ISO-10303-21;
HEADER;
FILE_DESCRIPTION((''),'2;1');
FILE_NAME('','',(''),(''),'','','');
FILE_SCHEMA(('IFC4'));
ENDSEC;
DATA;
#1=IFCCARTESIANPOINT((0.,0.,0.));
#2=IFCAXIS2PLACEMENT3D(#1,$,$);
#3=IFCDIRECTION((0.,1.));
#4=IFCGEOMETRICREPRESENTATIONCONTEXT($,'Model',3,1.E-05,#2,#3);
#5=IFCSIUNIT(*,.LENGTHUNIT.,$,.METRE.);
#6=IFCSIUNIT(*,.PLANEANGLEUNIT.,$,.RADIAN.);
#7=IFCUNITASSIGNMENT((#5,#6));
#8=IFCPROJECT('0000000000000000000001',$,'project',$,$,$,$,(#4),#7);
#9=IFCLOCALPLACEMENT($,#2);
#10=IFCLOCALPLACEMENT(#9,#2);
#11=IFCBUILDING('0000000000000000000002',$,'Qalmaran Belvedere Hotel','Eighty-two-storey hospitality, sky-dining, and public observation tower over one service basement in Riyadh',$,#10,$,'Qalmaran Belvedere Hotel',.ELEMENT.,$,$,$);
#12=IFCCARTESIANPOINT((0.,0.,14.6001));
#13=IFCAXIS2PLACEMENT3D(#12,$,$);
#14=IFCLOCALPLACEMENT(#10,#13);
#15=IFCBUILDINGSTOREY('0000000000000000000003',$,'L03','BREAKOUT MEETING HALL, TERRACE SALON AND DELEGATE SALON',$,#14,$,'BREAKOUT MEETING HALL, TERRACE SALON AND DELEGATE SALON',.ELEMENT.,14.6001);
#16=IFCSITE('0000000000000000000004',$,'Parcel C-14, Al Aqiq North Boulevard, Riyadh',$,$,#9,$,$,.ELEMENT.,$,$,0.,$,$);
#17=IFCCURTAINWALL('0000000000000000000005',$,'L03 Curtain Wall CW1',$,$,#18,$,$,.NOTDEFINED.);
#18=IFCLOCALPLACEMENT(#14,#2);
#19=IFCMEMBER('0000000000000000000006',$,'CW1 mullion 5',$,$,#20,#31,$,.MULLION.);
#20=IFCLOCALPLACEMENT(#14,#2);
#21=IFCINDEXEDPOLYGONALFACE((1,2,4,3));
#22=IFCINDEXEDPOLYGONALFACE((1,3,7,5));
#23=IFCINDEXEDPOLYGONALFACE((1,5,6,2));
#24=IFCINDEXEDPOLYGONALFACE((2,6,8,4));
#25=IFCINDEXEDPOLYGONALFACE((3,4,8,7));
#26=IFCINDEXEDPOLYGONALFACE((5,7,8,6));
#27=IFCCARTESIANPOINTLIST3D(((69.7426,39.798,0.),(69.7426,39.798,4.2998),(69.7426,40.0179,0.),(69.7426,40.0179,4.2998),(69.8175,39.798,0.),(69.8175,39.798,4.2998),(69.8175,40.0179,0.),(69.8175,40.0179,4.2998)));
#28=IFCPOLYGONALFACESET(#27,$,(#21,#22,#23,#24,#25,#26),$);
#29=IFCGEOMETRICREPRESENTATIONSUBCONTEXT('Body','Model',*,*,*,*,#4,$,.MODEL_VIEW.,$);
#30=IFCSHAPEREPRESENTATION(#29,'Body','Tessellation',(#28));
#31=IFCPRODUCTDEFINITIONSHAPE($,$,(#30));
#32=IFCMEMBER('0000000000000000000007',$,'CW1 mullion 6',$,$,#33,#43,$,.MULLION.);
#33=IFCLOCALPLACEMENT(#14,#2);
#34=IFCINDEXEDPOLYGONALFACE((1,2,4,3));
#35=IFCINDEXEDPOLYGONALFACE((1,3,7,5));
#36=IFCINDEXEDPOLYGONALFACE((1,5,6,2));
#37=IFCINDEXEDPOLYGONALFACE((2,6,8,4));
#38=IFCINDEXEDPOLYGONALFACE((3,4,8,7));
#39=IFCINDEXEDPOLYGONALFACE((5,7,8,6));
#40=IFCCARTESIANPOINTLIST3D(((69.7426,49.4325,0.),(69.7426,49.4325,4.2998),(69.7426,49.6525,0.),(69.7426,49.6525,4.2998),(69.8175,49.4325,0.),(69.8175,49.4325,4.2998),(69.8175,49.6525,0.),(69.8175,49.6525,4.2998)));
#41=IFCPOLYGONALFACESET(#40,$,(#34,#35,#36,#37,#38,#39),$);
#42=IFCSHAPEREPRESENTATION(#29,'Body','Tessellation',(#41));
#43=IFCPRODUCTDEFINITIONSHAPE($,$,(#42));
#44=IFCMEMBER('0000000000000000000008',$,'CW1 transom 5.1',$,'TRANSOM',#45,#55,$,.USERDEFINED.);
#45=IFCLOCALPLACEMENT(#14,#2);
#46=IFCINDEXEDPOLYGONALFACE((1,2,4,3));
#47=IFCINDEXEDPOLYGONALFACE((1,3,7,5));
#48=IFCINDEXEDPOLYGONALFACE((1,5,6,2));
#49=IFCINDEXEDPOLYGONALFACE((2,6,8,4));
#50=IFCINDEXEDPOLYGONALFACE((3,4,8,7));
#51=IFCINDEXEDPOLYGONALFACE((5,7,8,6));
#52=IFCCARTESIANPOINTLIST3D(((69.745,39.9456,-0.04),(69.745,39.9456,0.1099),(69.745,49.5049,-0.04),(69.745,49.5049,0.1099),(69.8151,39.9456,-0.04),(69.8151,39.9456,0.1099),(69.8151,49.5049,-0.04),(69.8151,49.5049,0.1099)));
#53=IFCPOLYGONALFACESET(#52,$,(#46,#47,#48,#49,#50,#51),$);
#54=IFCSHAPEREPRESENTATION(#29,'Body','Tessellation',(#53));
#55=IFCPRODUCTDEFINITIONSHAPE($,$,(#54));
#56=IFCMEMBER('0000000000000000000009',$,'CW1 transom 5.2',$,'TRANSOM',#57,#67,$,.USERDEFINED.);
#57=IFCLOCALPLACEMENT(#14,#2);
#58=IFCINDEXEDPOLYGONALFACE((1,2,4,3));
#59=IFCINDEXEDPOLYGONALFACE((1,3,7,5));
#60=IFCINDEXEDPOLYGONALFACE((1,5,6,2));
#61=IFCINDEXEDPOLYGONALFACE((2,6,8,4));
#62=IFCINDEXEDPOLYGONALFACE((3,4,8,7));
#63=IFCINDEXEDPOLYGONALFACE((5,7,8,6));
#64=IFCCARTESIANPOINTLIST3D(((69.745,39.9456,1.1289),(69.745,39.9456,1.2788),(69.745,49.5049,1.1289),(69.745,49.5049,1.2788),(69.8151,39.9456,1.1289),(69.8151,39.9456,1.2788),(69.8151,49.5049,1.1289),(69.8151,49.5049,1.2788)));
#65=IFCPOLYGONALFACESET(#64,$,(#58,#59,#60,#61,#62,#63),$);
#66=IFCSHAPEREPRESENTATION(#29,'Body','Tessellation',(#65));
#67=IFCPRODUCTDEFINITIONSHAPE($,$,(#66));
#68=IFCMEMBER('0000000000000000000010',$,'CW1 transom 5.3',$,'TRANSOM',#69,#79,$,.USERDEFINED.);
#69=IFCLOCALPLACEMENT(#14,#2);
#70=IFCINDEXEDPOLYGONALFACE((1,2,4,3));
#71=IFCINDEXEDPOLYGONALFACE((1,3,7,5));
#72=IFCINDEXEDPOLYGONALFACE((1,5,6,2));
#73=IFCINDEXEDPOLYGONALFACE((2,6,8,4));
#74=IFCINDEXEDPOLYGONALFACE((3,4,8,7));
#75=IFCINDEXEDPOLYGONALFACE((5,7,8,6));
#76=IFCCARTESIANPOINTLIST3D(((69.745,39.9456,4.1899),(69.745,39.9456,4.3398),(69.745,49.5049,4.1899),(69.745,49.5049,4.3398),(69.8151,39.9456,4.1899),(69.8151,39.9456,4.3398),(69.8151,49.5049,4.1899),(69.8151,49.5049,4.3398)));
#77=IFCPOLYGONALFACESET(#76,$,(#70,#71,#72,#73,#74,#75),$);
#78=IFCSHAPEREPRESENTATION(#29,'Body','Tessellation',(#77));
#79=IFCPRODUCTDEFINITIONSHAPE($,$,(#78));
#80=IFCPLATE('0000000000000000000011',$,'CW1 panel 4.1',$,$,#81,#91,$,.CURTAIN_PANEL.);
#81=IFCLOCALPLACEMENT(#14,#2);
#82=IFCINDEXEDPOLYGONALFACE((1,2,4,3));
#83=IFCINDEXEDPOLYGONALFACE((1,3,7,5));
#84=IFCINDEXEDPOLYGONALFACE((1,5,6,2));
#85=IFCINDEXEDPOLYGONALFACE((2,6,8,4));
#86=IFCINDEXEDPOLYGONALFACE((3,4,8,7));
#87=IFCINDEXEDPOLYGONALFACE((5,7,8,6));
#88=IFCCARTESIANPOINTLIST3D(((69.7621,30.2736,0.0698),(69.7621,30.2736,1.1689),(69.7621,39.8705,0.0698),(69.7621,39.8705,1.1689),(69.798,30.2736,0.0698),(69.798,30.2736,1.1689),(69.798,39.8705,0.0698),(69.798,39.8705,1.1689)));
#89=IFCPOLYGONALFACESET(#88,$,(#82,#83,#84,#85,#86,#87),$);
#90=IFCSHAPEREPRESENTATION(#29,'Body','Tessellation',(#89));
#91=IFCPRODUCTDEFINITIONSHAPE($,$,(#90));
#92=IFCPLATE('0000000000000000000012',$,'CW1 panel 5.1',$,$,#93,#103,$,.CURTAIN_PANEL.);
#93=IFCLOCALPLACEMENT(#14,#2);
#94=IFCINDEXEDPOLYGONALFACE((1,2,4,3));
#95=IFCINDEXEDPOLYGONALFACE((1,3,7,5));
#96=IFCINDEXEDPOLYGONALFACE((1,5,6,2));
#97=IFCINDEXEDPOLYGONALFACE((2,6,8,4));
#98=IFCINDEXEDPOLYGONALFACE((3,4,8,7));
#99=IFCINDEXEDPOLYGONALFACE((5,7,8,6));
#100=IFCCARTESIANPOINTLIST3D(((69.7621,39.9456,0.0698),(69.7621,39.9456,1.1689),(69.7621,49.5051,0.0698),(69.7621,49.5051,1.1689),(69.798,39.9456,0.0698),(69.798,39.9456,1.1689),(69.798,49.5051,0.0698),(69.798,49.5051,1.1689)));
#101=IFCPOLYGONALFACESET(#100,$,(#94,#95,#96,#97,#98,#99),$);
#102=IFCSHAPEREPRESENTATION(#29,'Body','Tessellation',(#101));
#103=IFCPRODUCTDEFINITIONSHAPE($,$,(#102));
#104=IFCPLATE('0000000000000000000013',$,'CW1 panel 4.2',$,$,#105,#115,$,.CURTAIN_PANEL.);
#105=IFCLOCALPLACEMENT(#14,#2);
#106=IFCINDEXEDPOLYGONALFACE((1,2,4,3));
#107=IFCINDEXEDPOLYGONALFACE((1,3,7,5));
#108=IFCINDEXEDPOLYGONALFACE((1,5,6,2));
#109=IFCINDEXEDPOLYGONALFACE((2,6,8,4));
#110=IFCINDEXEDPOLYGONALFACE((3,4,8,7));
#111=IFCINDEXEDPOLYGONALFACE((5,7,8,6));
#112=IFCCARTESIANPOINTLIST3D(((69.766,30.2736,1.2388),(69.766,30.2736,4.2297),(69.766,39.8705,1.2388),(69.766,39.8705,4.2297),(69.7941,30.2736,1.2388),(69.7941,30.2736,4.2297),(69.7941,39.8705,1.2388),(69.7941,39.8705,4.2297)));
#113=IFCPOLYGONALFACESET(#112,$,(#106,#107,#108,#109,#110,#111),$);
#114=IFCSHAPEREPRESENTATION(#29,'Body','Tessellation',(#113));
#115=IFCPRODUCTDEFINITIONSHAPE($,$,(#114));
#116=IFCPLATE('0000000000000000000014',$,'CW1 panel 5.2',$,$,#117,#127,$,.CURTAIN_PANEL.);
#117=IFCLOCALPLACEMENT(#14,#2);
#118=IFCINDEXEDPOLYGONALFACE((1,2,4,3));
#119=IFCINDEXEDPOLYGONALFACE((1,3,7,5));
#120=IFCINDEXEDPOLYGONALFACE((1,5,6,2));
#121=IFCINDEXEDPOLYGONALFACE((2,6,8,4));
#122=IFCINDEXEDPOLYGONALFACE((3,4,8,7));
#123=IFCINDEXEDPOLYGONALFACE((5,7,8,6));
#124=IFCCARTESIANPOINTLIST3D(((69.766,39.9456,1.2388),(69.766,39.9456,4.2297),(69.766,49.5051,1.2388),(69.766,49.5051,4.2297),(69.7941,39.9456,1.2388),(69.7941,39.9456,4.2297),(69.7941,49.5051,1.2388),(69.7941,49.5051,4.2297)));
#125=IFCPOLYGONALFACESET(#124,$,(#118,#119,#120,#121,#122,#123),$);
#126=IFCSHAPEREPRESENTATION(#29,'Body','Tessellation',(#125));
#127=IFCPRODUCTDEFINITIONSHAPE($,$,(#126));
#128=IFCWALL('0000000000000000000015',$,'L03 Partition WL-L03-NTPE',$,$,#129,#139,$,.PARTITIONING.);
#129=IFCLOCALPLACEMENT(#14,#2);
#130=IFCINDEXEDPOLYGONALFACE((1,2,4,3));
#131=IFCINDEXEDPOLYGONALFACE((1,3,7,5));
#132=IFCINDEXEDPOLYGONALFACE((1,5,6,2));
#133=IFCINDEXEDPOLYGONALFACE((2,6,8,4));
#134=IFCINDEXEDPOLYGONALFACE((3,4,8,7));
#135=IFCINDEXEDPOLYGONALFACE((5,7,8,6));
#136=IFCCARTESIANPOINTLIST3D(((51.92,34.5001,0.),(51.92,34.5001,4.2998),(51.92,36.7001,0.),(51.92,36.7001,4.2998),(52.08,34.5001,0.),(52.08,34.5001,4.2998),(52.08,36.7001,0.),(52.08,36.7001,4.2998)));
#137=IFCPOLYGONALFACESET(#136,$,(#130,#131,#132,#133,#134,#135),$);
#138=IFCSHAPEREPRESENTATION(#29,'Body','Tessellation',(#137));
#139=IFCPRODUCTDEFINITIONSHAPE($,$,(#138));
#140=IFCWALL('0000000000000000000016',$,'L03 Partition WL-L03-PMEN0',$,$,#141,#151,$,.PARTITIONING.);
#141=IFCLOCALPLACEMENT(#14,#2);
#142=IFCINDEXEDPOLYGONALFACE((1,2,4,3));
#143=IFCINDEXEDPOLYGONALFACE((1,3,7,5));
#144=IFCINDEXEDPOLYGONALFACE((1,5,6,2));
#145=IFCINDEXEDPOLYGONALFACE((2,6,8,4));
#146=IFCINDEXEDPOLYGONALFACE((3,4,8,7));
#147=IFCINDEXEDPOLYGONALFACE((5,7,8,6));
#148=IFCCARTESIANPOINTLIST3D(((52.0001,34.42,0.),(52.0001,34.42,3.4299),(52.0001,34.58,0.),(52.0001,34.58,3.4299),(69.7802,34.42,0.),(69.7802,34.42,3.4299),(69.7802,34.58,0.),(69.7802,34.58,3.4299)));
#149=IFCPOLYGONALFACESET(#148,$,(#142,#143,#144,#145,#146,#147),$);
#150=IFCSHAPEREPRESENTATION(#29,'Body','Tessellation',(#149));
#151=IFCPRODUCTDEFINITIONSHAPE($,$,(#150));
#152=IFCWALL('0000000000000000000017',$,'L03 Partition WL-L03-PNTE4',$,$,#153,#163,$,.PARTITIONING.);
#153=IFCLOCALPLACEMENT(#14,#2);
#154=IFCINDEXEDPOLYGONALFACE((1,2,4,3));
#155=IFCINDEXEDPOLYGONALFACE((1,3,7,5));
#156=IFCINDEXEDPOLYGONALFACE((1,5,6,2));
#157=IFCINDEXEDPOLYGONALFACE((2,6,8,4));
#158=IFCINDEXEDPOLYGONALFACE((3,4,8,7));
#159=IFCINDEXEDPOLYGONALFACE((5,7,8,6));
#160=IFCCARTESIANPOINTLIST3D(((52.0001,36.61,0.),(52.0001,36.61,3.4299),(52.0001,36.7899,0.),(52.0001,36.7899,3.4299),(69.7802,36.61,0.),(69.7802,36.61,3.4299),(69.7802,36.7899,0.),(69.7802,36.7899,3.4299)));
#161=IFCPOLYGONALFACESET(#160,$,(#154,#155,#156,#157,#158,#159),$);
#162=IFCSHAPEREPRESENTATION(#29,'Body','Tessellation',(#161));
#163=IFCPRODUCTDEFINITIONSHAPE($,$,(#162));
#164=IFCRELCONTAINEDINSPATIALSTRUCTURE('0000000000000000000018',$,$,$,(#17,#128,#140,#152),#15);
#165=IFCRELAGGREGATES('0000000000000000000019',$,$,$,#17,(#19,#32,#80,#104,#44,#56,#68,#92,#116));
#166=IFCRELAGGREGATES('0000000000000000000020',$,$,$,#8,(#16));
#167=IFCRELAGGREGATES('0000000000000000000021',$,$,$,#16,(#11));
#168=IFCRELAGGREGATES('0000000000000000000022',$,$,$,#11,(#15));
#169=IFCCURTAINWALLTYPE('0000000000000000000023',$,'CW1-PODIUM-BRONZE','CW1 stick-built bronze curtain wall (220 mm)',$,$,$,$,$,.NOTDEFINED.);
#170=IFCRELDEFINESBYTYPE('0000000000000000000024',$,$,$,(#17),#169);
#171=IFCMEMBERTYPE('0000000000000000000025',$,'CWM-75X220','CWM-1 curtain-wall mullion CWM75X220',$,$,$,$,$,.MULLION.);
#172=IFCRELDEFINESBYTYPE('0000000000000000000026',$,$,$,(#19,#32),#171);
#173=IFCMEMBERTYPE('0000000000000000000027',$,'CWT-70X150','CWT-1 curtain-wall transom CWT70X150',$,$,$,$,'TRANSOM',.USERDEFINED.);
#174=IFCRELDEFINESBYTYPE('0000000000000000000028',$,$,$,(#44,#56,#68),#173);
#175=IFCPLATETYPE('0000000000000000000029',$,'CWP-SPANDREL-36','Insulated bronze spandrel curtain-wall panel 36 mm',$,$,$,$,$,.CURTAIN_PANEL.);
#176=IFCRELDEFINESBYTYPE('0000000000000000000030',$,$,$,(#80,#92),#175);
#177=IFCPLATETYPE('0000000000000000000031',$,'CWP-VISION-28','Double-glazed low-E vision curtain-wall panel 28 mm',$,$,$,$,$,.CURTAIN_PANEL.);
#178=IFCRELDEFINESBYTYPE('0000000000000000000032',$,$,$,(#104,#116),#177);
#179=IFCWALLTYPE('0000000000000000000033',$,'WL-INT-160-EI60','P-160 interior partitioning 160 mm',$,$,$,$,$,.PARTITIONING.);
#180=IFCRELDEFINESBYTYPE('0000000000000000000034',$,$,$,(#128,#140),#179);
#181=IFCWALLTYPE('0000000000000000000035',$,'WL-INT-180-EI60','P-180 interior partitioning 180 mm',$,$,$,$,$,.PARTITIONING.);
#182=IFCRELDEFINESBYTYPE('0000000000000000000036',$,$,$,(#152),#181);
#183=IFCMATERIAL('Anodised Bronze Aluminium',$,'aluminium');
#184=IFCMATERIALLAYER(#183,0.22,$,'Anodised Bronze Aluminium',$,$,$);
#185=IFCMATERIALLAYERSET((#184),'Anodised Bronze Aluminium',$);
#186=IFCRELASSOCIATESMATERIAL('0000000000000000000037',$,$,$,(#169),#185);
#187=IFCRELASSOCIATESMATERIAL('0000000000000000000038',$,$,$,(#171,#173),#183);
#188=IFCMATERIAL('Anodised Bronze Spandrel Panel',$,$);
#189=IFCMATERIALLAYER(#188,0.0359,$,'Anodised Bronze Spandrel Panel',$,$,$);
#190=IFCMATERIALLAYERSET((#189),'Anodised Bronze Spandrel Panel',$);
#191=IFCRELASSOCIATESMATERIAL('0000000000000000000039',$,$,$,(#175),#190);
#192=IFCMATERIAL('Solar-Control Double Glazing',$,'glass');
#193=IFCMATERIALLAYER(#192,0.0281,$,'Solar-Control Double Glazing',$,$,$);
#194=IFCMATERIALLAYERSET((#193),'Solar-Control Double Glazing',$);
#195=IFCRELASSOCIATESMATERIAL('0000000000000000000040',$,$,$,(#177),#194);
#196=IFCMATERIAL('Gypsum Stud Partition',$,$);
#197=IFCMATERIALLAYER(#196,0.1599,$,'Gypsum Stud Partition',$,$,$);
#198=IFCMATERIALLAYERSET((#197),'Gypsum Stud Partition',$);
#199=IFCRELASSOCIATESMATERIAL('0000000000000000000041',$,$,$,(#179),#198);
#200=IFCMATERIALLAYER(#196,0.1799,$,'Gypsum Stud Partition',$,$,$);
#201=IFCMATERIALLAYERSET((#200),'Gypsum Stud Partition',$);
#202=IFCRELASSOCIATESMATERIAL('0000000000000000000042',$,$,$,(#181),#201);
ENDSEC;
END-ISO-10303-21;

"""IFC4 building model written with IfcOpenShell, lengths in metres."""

from ifc_helpers import new_model, si_unit, direction, frame, frame_2d, origin, origin_2d, place, context, subcontext, project, spatial, rectangle, extrude, material, layer, layer_set, material_profile, profile_set, type_object, element, aggregate, save


model = new_model("IFC4")

# Units and contexts
model_context = context("Model", 3, precision=1e-05, world=origin(), true_north=direction((0.0, 1.0)))
body_context = subcontext(model_context, "Body", "Model", "MODEL_VIEW")
ifc_project = project(units=[si_unit("LENGTHUNIT", "METRE"), si_unit("PLANEANGLEUNIT", "RADIAN")], contexts=[model_context])

# Site, building, storey
site_placement = place(None, origin())
site = spatial("IfcSite", under=ifc_project, at=site_placement, Name="Parcel C-14, Al Aqiq North Boulevard, Riyadh", CompositionType="ELEMENT", RefElevation=0.0)
building_placement = place(site_placement, origin())
building = spatial("IfcBuilding", under=site, at=building_placement, Name="Qalmaran Belvedere Hotel", Description="Eighty-two-storey hospitality, sky-dining, and public observation tower over one service basement in Riyadh", LongName="Qalmaran Belvedere Hotel", CompositionType="ELEMENT")
storey_placement = place(building_placement, frame((0.0, 0.0, 14.6001)))
storey = spatial("IfcBuildingStorey", under=building, at=storey_placement, Name="L03", Description="BREAKOUT MEETING HALL, TERRACE SALON AND DELEGATE SALON", LongName="BREAKOUT MEETING HALL, TERRACE SALON AND DELEGATE SALON", CompositionType="ELEMENT", Elevation=14.6001)

# Curtain wall, members, plates
ifc_material_1 = material(Name="Anodised Bronze Aluminium", Category="aluminium")
ifc_layer_1 = layer(ifc_material_1, 0.22, Name="Anodised Bronze Aluminium")
ifc_layer_set_1 = layer_set([ifc_layer_1], Name="Anodised Bronze Aluminium")
curtain_wall_type = type_object("IfcCurtainWallType", Name="CW1-PODIUM-BRONZE", Description="CW1 stick-built bronze curtain wall (220 mm)", PredefinedType="NOTDEFINED", material=ifc_layer_set_1)
curtain_wall_placement = place(storey_placement, origin())
curtain_wall = element("IfcCurtainWall", 1, at=curtain_wall_placement, inside=storey, type_object=curtain_wall_type, Name="L03 Curtain Wall CW1", PredefinedType="NOTDEFINED")
ifc_material_profile_1 = material_profile(ifc_material_1, rectangle(XDim=0.075, YDim=0.22, at=origin_2d()), Name="CWM75X220")
ifc_profile_set_1 = profile_set([ifc_material_profile_1], Name="Anodised Bronze Aluminium")
member_type_1 = type_object("IfcMemberType", Name="CWM-75X220", Description="CWM-1 curtain-wall mullion CWM75X220", PredefinedType="MULLION", material=ifc_profile_set_1)
member_1_placement = place(storey_placement, frame((69.78, 39.908, 0.0), z_axis=(0.0, 0.0, 1.0), x_axis=(-1.0, 0.0, 0.0)))
member_1 = element("IfcMember", 2, at=member_1_placement, type_object=member_type_1, Name="CW1 mullion 5", PredefinedType="MULLION", context=body_context, shape_type="SweptSolid", body=[
    extrude(rectangle(XDim=0.075, YDim=0.22, at=origin_2d()), origin(), (0.0, 0.0, 1.0), 4.2998),
])
member_2_placement = place(storey_placement, frame((69.78, 49.5425, 0.0), z_axis=(0.0, 0.0, 1.0), x_axis=(-1.0, 0.0, 0.0)))
member_2 = element("IfcMember", 3, at=member_2_placement, type_object=member_type_1, Name="CW1 mullion 6", PredefinedType="MULLION", context=body_context, shape_type="SweptSolid", body=[
    extrude(rectangle(XDim=0.075, YDim=0.22, at=origin_2d()), origin(), (0.0, 0.0, 1.0), 4.2998),
])
ifc_material_profile_2 = material_profile(ifc_material_1, rectangle(XDim=0.0701, YDim=0.1499, at=origin_2d()), Name="CWT70X150")
ifc_profile_set_2 = profile_set([ifc_material_profile_2], Name="Anodised Bronze Aluminium")
member_type_2 = type_object("IfcMemberType", Name="CWT-70X150", Description="CWT-1 curtain-wall transom CWT70X150", ElementType="TRANSOM", PredefinedType="USERDEFINED", material=ifc_profile_set_2)
member_3_placement = place(storey_placement, frame((69.78, 39.9456, 0.0349), z_axis=(0.0, 1.0, 0.0), x_axis=(-1.0, 0.0, 0.0)))
member_3 = element("IfcMember", 4, at=member_3_placement, type_object=member_type_2, Name="CW1 transom 5.1", ObjectType="TRANSOM", PredefinedType="USERDEFINED", context=body_context, shape_type="SweptSolid", body=[
    extrude(rectangle(XDim=0.0701, YDim=0.1499, at=origin_2d()), origin(), (0.0, 0.0, 1.0), 9.5593),
])
member_4_placement = place(storey_placement, frame((69.78, 39.9456, 1.2039), z_axis=(0.0, 1.0, 0.0), x_axis=(-1.0, 0.0, 0.0)))
member_4 = element("IfcMember", 5, at=member_4_placement, type_object=member_type_2, Name="CW1 transom 5.2", ObjectType="TRANSOM", PredefinedType="USERDEFINED", context=body_context, shape_type="SweptSolid", body=[
    extrude(rectangle(XDim=0.0701, YDim=0.1499, at=origin_2d()), origin(), (0.0, 0.0, 1.0), 9.5593),
])
member_5_placement = place(storey_placement, frame((69.78, 39.9456, 4.2649), z_axis=(0.0, 1.0, 0.0), x_axis=(-1.0, 0.0, 0.0)))
member_5 = element("IfcMember", 6, at=member_5_placement, type_object=member_type_2, Name="CW1 transom 5.3", ObjectType="TRANSOM", PredefinedType="USERDEFINED", context=body_context, shape_type="SweptSolid", body=[
    extrude(rectangle(XDim=0.0701, YDim=0.1499, at=origin_2d()), origin(), (0.0, 0.0, 1.0), 9.5593),
])
ifc_material_2 = material(Name="Anodised Bronze Spandrel Panel")
ifc_layer_2 = layer(ifc_material_2, 0.0359, Name="Anodised Bronze Spandrel Panel")
ifc_layer_set_2 = layer_set([ifc_layer_2], Name="Anodised Bronze Spandrel Panel")
plate_type_1 = type_object("IfcPlateType", Name="CWP-SPANDREL-36", Description="Insulated bronze spandrel curtain-wall panel 36 mm", PredefinedType="CURTAIN_PANEL", material=ifc_layer_set_2)
plate_1_placement = place(storey_placement, frame((69.78, 35.072, 0.0698), z_axis=(0.0, 0.0, 1.0), x_axis=(0.0, 1.0, 0.0)))
plate_1 = element("IfcPlate", 7, at=plate_1_placement, type_object=plate_type_1, Name="CW1 panel 4.1", PredefinedType="CURTAIN_PANEL", context=body_context, shape_type="SweptSolid", body=[
    extrude(rectangle(XDim=9.5969, YDim=0.0359, at=origin_2d()), origin(), (0.0, 0.0, 1.0), 1.0991),
])
plate_2_placement = place(storey_placement, frame((69.78, 44.7253, 0.0698), z_axis=(0.0, 0.0, 1.0), x_axis=(0.0, 1.0, 0.0)))
plate_2 = element("IfcPlate", 8, at=plate_2_placement, type_object=plate_type_1, Name="CW1 panel 5.1", PredefinedType="CURTAIN_PANEL", context=body_context, shape_type="SweptSolid", body=[
    extrude(rectangle(XDim=9.5596, YDim=0.0359, at=origin_2d()), origin(), (0.0, 0.0, 1.0), 1.0991),
])
ifc_material_3 = material(Name="Solar-Control Double Glazing", Category="glass")
ifc_layer_3 = layer(ifc_material_3, 0.0281, Name="Solar-Control Double Glazing")
ifc_layer_set_3 = layer_set([ifc_layer_3], Name="Solar-Control Double Glazing")
plate_type_2 = type_object("IfcPlateType", Name="CWP-VISION-28", Description="Double-glazed low-E vision curtain-wall panel 28 mm", PredefinedType="CURTAIN_PANEL", material=ifc_layer_set_3)
plate_3_placement = place(storey_placement, frame((69.78, 35.072, 1.2388), z_axis=(0.0, 0.0, 1.0), x_axis=(0.0, 1.0, 0.0)))
plate_3 = element("IfcPlate", 9, at=plate_3_placement, type_object=plate_type_2, Name="CW1 panel 4.2", PredefinedType="CURTAIN_PANEL", context=body_context, shape_type="SweptSolid", body=[
    extrude(rectangle(XDim=9.5969, YDim=0.0281, at=origin_2d()), origin(), (0.0, 0.0, 1.0), 2.991),
])
plate_4_placement = place(storey_placement, frame((69.78, 44.7253, 1.2388), z_axis=(0.0, 0.0, 1.0), x_axis=(0.0, 1.0, 0.0)))
plate_4 = element("IfcPlate", 10, at=plate_4_placement, type_object=plate_type_2, Name="CW1 panel 5.2", PredefinedType="CURTAIN_PANEL", context=body_context, shape_type="SweptSolid", body=[
    extrude(rectangle(XDim=9.5596, YDim=0.0281, at=origin_2d()), origin(), (0.0, 0.0, 1.0), 2.991),
])
aggregate(curtain_wall, [member_1, member_2, plate_1, plate_3, member_3, member_4, member_5, plate_2, plate_4])

# Walls
ifc_material_4 = material(Name="Gypsum Stud Partition")
ifc_layer_4 = layer(ifc_material_4, 0.1599, Name="Gypsum Stud Partition")
ifc_layer_set_4 = layer_set([ifc_layer_4], Name="Gypsum Stud Partition")
wall_type_1 = type_object("IfcWallType", Name="WL-INT-160-EI60", Description="P-160 interior partitioning 160 mm", PredefinedType="PARTITIONING", material=ifc_layer_set_4)
wall_1_placement = place(storey_placement, frame((52.0, 34.5, 0.0), z_axis=(0.0, 0.0, 1.0), x_axis=(0.0, 1.0, 0.0)))
element("IfcWall", 11, at=wall_1_placement, inside=storey, type_object=wall_type_1, Name="L03 Partition WL-L03-NTPE", PredefinedType="PARTITIONING", context=body_context, shape_type="SweptSolid", body=[
    extrude(rectangle(XDim=2.2, YDim=0.1599, at=frame_2d((1.1001, 0.0))), origin(), (0.0, 0.0, 1.0), 4.2998),
])
wall_2_placement = place(storey_placement, frame((52.0, 34.5, 0.0), z_axis=(0.0, 0.0, 1.0), x_axis=(1.0, 0.0, 0.0)))
element("IfcWall", 12, at=wall_2_placement, inside=storey, type_object=wall_type_1, Name="L03 Partition WL-L03-PMEN0", PredefinedType="PARTITIONING", context=body_context, shape_type="SweptSolid", body=[
    extrude(rectangle(XDim=17.78, YDim=0.1599, at=frame_2d((8.8901, 0.0))), origin(), (0.0, 0.0, 1.0), 3.4299),
])
ifc_layer_5 = layer(ifc_material_4, 0.1799, Name="Gypsum Stud Partition")
ifc_layer_set_5 = layer_set([ifc_layer_5], Name="Gypsum Stud Partition")
wall_type_2 = type_object("IfcWallType", Name="WL-INT-180-EI60", Description="P-180 interior partitioning 180 mm", PredefinedType="PARTITIONING", material=ifc_layer_set_5)
wall_3_placement = place(storey_placement, frame((52.0, 36.7, 0.0), z_axis=(0.0, 0.0, 1.0), x_axis=(1.0, 0.0, 0.0)))
element("IfcWall", 13, at=wall_3_placement, inside=storey, type_object=wall_type_2, Name="L03 Partition WL-L03-PNTE4", PredefinedType="PARTITIONING", context=body_context, shape_type="SweptSolid", body=[
    extrude(rectangle(XDim=17.78, YDim=0.1799, at=frame_2d((8.8901, 0.0))), origin(), (0.0, 0.0, 1.0), 3.4299),
])

save(model, "model.ifc")
